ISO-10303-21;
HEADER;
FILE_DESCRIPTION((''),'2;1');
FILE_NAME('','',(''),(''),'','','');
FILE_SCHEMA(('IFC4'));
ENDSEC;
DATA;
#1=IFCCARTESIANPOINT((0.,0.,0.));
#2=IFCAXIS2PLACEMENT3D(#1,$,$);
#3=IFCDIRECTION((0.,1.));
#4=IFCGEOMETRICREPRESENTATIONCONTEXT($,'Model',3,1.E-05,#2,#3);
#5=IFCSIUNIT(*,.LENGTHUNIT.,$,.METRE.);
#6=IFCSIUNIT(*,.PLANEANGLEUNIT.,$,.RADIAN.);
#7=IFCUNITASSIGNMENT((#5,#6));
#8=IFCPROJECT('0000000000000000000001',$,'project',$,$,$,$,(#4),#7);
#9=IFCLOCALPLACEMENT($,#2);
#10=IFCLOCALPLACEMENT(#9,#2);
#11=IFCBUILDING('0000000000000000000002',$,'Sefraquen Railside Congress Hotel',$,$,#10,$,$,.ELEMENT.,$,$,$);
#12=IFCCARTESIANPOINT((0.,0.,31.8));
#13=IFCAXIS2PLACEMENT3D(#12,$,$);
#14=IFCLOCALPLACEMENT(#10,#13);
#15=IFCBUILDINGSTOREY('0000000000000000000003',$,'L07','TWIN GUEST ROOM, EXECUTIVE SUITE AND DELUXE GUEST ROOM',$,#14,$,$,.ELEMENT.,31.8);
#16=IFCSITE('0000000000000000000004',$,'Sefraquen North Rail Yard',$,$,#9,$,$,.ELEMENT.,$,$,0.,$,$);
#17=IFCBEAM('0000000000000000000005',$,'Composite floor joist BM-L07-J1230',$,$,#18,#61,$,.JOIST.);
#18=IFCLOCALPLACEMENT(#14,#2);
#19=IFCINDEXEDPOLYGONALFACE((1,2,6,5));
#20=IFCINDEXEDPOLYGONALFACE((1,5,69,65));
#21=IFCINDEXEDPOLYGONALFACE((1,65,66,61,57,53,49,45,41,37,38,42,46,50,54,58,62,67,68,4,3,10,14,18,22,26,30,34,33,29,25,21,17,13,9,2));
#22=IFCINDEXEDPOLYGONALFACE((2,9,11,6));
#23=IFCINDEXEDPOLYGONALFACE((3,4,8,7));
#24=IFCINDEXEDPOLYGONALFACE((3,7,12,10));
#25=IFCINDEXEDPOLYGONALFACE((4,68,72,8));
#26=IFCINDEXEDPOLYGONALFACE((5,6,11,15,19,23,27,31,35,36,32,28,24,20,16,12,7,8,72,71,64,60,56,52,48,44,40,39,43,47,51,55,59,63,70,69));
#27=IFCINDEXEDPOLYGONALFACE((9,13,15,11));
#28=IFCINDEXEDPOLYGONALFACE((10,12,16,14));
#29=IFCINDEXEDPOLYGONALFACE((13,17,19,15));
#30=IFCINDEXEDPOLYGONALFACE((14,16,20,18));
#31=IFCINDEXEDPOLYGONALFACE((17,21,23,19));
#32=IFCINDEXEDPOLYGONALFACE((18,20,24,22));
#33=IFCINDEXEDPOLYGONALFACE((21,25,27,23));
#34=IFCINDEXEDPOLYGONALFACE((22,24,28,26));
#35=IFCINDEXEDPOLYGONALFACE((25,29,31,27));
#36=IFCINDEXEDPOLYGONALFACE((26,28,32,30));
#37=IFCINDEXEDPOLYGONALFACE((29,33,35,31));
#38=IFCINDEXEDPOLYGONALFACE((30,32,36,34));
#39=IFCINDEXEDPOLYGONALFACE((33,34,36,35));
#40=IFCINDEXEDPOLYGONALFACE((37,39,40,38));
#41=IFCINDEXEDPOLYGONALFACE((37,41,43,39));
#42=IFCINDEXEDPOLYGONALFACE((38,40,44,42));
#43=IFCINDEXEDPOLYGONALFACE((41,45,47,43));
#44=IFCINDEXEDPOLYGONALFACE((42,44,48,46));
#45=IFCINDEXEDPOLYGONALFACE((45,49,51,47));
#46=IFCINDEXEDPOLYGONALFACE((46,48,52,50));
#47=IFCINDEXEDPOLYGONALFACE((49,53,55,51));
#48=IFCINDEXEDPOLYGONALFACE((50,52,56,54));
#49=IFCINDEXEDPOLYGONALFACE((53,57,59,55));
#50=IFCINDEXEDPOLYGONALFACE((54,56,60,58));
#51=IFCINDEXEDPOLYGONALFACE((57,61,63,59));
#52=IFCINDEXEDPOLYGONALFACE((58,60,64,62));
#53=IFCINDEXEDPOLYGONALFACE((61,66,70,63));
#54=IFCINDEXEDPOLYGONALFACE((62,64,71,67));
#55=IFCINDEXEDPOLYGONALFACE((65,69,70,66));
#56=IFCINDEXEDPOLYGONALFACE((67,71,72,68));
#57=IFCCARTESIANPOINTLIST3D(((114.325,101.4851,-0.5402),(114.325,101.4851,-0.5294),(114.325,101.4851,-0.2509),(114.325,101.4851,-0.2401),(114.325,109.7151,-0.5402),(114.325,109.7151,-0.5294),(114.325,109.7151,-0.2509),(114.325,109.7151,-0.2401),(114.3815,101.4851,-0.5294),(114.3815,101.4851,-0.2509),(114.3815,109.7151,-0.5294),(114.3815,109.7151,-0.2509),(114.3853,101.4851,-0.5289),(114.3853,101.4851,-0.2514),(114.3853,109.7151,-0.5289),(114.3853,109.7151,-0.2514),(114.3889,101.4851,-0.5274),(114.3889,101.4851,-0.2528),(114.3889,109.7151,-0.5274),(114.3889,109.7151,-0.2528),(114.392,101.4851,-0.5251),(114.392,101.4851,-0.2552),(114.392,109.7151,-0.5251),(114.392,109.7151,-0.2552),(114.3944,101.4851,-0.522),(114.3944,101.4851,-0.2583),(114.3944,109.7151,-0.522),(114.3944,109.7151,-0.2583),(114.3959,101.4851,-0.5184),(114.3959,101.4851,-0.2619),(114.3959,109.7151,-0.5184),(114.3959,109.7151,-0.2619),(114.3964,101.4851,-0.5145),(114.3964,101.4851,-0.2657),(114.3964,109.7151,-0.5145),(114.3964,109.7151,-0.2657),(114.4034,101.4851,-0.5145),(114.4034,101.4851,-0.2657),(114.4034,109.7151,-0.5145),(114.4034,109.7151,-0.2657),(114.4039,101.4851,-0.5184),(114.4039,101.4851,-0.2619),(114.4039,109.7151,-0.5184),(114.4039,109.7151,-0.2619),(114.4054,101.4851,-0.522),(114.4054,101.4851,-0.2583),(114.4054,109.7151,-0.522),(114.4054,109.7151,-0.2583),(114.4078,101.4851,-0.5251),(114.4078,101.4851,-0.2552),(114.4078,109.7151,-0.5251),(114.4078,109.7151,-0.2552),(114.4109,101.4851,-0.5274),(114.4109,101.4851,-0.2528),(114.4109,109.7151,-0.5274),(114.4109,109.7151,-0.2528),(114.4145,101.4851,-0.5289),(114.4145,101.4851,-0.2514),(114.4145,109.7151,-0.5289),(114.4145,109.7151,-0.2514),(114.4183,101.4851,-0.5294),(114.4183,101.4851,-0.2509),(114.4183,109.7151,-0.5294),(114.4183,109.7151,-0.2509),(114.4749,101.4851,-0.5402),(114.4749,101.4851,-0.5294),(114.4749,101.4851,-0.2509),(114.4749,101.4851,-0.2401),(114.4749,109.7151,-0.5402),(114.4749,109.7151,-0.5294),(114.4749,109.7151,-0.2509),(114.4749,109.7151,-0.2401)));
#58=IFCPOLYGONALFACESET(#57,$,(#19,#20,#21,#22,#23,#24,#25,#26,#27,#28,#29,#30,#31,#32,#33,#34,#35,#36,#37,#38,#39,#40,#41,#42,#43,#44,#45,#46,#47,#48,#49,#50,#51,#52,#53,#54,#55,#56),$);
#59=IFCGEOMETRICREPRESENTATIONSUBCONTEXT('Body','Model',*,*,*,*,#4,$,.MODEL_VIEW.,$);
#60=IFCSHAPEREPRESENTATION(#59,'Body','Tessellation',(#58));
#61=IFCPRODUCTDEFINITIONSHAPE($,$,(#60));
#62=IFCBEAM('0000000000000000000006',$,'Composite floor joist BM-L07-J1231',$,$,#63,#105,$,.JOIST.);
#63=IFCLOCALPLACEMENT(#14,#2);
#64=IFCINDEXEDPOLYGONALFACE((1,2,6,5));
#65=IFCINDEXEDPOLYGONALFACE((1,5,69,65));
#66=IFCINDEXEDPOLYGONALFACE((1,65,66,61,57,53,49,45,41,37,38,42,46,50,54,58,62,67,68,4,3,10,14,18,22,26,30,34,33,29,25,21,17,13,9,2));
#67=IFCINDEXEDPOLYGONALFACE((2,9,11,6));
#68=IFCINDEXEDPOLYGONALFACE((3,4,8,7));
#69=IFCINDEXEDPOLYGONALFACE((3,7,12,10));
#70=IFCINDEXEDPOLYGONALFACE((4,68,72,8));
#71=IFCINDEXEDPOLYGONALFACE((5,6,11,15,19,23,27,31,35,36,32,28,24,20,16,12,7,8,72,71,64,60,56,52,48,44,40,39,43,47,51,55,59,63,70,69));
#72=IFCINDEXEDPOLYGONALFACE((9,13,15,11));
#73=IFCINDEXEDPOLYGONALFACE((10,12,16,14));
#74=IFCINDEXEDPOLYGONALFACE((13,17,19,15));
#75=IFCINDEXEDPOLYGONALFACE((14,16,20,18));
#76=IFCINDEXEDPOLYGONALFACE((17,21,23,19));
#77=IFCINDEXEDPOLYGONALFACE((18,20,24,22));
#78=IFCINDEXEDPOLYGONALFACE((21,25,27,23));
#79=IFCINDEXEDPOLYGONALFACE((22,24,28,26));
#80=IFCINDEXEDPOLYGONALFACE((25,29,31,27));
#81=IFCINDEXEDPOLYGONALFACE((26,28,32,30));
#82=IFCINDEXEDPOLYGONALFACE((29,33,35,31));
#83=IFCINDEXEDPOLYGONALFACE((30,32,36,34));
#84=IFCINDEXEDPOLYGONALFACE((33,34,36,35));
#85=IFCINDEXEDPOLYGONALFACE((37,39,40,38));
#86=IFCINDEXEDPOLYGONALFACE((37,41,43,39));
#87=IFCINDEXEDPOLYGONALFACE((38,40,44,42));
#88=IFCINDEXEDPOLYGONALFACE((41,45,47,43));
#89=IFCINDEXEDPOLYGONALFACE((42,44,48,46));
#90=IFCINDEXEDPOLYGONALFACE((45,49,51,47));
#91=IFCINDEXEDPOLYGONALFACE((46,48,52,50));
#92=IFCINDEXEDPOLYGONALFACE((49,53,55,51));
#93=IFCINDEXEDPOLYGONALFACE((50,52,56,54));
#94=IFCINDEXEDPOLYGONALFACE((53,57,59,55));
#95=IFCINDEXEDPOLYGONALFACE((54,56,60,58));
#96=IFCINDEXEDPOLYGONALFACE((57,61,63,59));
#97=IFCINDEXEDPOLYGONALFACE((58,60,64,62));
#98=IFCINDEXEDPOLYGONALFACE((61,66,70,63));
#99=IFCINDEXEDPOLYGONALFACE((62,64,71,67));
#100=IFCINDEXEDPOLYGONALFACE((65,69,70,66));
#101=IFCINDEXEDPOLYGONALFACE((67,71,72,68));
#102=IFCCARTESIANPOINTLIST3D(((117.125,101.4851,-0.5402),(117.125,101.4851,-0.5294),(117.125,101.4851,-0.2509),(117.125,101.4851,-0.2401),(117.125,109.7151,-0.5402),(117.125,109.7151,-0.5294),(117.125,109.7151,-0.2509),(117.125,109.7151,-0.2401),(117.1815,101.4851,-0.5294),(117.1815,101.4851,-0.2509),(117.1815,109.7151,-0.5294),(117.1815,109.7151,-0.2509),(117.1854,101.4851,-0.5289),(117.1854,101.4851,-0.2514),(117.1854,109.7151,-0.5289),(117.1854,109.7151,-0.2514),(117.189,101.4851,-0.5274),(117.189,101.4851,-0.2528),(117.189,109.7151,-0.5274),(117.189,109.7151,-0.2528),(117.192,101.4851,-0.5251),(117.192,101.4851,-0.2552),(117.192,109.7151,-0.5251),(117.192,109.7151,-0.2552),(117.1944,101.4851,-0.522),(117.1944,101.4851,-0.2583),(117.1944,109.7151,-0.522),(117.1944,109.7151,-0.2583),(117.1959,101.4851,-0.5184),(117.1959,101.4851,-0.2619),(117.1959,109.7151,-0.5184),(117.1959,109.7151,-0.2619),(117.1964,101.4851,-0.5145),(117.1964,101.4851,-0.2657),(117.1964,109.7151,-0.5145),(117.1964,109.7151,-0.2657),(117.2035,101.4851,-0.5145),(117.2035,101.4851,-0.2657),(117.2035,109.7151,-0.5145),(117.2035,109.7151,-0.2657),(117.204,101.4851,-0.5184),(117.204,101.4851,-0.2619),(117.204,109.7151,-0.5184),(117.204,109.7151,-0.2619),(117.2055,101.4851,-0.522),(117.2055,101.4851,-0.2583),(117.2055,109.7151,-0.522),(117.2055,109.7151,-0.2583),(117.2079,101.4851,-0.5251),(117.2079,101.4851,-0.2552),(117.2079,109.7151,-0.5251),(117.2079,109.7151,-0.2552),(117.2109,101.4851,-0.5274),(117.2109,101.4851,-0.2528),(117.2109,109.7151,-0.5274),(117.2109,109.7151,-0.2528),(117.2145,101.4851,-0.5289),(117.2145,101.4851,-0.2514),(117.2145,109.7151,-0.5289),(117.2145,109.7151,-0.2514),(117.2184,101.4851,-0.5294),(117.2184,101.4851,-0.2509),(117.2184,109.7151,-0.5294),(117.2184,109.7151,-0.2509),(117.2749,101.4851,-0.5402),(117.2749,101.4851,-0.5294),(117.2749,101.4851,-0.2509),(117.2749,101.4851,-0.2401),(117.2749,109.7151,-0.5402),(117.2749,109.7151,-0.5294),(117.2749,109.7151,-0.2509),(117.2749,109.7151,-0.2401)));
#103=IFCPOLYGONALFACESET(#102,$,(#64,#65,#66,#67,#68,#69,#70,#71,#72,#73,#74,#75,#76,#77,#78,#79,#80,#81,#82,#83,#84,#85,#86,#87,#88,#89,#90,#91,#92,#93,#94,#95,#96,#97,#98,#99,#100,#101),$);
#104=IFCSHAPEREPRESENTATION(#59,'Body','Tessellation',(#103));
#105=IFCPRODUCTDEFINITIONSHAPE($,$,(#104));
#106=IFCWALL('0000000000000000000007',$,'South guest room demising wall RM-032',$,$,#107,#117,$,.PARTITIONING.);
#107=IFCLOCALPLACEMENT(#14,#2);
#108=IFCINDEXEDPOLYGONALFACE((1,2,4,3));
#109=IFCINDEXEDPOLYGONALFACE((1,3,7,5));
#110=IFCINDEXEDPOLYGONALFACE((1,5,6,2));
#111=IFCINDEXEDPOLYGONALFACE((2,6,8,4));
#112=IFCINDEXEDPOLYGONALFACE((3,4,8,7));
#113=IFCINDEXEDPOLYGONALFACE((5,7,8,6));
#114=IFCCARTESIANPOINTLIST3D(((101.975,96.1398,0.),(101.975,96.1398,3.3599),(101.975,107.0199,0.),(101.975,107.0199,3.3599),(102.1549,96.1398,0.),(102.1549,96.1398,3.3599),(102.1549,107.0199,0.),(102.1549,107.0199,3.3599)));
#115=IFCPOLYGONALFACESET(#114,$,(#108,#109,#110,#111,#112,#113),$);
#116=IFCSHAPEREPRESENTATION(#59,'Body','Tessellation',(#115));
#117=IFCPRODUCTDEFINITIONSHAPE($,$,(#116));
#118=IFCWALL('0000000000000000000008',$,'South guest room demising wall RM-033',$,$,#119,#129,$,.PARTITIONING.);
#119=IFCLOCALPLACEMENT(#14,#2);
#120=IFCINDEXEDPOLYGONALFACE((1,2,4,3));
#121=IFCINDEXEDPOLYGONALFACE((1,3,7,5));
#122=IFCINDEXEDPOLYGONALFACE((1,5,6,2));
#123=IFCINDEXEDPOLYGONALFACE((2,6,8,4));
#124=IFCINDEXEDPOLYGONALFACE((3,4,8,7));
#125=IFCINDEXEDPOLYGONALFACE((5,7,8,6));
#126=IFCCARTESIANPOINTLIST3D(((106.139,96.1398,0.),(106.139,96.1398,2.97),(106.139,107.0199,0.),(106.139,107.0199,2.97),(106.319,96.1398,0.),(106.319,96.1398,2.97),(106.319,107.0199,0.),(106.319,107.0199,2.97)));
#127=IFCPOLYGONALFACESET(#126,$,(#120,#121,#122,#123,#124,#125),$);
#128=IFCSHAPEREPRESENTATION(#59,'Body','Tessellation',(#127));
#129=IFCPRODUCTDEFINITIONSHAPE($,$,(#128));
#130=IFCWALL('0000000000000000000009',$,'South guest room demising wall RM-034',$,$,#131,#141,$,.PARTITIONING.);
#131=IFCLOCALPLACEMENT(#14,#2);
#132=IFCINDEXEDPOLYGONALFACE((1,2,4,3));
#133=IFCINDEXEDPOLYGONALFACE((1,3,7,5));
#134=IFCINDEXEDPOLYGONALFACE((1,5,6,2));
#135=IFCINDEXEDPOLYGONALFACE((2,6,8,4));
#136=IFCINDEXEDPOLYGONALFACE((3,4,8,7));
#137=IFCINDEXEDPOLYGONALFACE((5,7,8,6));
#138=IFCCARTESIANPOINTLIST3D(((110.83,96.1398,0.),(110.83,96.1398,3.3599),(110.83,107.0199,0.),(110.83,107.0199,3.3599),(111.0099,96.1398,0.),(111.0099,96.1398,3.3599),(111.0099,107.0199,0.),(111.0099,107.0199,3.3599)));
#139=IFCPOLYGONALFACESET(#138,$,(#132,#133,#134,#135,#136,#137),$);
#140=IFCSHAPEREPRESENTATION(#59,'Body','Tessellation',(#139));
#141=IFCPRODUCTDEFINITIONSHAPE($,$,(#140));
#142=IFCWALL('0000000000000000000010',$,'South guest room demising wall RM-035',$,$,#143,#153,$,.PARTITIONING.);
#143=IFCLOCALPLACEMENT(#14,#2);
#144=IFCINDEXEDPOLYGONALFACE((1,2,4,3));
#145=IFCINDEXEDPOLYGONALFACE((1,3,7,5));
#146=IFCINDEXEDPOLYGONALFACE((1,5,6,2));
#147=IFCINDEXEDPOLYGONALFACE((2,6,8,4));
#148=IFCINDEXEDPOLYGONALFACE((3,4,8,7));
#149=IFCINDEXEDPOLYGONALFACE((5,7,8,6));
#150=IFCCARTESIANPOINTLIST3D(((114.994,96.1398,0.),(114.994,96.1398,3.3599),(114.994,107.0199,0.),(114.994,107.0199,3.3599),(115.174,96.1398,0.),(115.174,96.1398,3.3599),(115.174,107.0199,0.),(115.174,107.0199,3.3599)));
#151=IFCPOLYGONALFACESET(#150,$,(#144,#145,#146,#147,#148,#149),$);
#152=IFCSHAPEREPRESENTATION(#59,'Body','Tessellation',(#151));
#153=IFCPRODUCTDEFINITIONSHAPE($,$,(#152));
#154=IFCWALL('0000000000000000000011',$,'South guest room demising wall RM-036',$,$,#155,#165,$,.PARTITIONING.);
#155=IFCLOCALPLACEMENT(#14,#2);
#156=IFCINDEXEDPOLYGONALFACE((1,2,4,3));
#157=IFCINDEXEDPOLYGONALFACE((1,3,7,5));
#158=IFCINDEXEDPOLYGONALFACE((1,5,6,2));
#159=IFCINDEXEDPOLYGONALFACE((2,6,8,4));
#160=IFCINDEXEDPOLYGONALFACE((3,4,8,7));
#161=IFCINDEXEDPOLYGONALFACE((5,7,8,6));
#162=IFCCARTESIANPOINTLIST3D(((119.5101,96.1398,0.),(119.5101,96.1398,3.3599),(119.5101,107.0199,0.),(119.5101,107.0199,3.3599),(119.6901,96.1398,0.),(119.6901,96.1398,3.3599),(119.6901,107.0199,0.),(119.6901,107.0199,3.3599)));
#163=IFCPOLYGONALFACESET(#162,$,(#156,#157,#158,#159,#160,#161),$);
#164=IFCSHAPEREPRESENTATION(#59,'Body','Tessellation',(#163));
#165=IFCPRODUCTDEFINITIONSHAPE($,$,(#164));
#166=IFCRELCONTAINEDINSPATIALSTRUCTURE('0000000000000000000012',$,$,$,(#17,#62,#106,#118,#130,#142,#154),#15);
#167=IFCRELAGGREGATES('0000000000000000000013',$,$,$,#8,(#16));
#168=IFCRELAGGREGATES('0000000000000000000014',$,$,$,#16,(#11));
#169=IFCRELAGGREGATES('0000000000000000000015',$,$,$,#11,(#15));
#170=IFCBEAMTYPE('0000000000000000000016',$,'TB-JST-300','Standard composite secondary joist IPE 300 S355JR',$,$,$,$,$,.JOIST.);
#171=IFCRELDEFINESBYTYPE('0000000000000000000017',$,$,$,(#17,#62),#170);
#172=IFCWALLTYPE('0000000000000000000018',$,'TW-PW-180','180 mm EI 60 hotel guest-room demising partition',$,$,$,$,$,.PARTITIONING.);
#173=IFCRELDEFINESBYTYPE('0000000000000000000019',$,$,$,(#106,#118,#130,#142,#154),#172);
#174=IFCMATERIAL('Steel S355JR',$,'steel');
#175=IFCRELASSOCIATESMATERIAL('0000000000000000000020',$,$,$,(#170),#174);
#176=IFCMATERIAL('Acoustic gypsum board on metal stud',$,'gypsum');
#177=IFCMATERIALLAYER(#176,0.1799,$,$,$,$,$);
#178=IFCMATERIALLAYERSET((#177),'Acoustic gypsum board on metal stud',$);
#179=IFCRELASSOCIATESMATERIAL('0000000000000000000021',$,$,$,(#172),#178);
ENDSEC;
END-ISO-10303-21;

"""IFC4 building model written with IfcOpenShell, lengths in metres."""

from ifc_helpers import new_model, si_unit, direction, frame, frame_2d, origin, origin_2d, place, context, subcontext, project, spatial, rectangle, i_section, extrude, material, layer, layer_set, material_profile, profile_set, type_object, element, save


model = new_model("IFC4")

# Units and contexts
model_context = context("Model", 3, precision=1e-05, world=origin(), true_north=direction((0.0, 1.0)))
body_context = subcontext(model_context, "Body", "Model", "MODEL_VIEW")
ifc_project = project(units=[si_unit("LENGTHUNIT", "METRE"), si_unit("PLANEANGLEUNIT", "RADIAN")], contexts=[model_context])

# Site, building, storey
site_placement = place(None, origin())
site = spatial("IfcSite", under=ifc_project, at=site_placement, Name="Sefraquen North Rail Yard", CompositionType="ELEMENT", RefElevation=0.0)
building_placement = place(site_placement, origin())
building = spatial("IfcBuilding", under=site, at=building_placement, Name="Sefraquen Railside Congress Hotel", CompositionType="ELEMENT")
storey_placement = place(building_placement, frame((0.0, 0.0, 31.8)))
storey = spatial("IfcBuildingStorey", under=building, at=storey_placement, Name="L07", Description="TWIN GUEST ROOM, EXECUTIVE SUITE AND DELUXE GUEST ROOM", CompositionType="ELEMENT", Elevation=31.8)

# Shared definitions
ifc_material_1 = material(Name="Steel S355JR", Category="steel")

# Beams
ifc_material_profile_1 = material_profile(ifc_material_1, i_section(OverallWidth=0.1499, OverallDepth=0.3, WebThickness=0.0071, FlangeThickness=0.0107, FilletRadius=0.0149, at=origin_2d()), Name="IPE 300")
ifc_profile_set_1 = profile_set([ifc_material_profile_1], Name="Steel S355JR")
beam_type_1 = type_object("IfcBeamType", Name="TB-JST-300", Description="Standard composite secondary joist IPE 300 S355JR", PredefinedType="JOIST", material=ifc_profile_set_1)
for number, where, z_axis, x_axis, name in (
    (1, (114.3999, 101.4851, -0.3901), (0.0, 1.0, 0.0), (-1.0, 0.0, 0.0), "Composite floor joist BM-L07-J1230"),
    (2, (117.2, 101.4851, -0.3901), (0.0, 1.0, 0.0), (-1.0, 0.0, 0.0), "Composite floor joist BM-L07-J1231"),
):
    element("IfcBeam", number, at=place(storey_placement, frame(where, z_axis=z_axis, x_axis=x_axis)), inside=storey, type_object=beam_type_1, Name=name, PredefinedType="JOIST", context=body_context, shape_type="SweptSolid", body=[
        extrude(i_section(OverallWidth=0.1499, OverallDepth=0.3, WebThickness=0.0071, FlangeThickness=0.0107, FilletRadius=0.0149, at=origin_2d()), origin(), (0.0, 0.0, 1.0), 8.23),
    ])

# Walls
ifc_material_2 = material(Name="Acoustic gypsum board on metal stud", Category="gypsum")
ifc_layer = layer(ifc_material_2, 0.1799)
ifc_layer_set = layer_set([ifc_layer], Name="Acoustic gypsum board on metal stud")
wall_type = type_object("IfcWallType", Name="TW-PW-180", Description="180 mm EI 60 hotel guest-room demising partition", PredefinedType="PARTITIONING", material=ifc_layer_set)
wall_1_placement = place(storey_placement, frame((102.0649, 96.1399, 0.0), z_axis=(0.0, 0.0, 1.0), x_axis=(0.0, 1.0, 0.0)))
element("IfcWall", 3, at=wall_1_placement, inside=storey, type_object=wall_type, Name="South guest room demising wall RM-032", PredefinedType="PARTITIONING", context=body_context, shape_type="SweptSolid", body=[
    extrude(rectangle(XDim=10.8801, YDim=0.1799, at=frame_2d((5.4399, 0.0))), origin(), (0.0, 0.0, 1.0), 3.3599),
])
wall_2_placement = place(storey_placement, frame((106.229, 96.1399, 0.0), z_axis=(0.0, 0.0, 1.0), x_axis=(0.0, 1.0, 0.0)))
element("IfcWall", 4, at=wall_2_placement, inside=storey, type_object=wall_type, Name="South guest room demising wall RM-033", PredefinedType="PARTITIONING", context=body_context, shape_type="SweptSolid", body=[
    extrude(rectangle(XDim=10.8801, YDim=0.1799, at=frame_2d((5.4399, 0.0))), origin(), (0.0, 0.0, 1.0), 2.97),
])
for number, where, z_axis, x_axis, name in (
    (5, (110.9199, 96.1399, 0.0), (0.0, 0.0, 1.0), (0.0, 1.0, 0.0), "South guest room demising wall RM-034"),
    (6, (115.084, 96.1399, 0.0), (0.0, 0.0, 1.0), (0.0, 1.0, 0.0), "South guest room demising wall RM-035"),
    (7, (119.6001, 96.1399, 0.0), (0.0, 0.0, 1.0), (0.0, 1.0, 0.0), "South guest room demising wall RM-036"),
):
    element("IfcWall", number, at=place(storey_placement, frame(where, z_axis=z_axis, x_axis=x_axis)), inside=storey, type_object=wall_type, Name=name, PredefinedType="PARTITIONING", context=body_context, shape_type="SweptSolid", body=[
        extrude(rectangle(XDim=10.8801, YDim=0.1799, at=frame_2d((5.4399, 0.0))), origin(), (0.0, 0.0, 1.0), 3.3599),
    ])

save(model, "model.ifc")
